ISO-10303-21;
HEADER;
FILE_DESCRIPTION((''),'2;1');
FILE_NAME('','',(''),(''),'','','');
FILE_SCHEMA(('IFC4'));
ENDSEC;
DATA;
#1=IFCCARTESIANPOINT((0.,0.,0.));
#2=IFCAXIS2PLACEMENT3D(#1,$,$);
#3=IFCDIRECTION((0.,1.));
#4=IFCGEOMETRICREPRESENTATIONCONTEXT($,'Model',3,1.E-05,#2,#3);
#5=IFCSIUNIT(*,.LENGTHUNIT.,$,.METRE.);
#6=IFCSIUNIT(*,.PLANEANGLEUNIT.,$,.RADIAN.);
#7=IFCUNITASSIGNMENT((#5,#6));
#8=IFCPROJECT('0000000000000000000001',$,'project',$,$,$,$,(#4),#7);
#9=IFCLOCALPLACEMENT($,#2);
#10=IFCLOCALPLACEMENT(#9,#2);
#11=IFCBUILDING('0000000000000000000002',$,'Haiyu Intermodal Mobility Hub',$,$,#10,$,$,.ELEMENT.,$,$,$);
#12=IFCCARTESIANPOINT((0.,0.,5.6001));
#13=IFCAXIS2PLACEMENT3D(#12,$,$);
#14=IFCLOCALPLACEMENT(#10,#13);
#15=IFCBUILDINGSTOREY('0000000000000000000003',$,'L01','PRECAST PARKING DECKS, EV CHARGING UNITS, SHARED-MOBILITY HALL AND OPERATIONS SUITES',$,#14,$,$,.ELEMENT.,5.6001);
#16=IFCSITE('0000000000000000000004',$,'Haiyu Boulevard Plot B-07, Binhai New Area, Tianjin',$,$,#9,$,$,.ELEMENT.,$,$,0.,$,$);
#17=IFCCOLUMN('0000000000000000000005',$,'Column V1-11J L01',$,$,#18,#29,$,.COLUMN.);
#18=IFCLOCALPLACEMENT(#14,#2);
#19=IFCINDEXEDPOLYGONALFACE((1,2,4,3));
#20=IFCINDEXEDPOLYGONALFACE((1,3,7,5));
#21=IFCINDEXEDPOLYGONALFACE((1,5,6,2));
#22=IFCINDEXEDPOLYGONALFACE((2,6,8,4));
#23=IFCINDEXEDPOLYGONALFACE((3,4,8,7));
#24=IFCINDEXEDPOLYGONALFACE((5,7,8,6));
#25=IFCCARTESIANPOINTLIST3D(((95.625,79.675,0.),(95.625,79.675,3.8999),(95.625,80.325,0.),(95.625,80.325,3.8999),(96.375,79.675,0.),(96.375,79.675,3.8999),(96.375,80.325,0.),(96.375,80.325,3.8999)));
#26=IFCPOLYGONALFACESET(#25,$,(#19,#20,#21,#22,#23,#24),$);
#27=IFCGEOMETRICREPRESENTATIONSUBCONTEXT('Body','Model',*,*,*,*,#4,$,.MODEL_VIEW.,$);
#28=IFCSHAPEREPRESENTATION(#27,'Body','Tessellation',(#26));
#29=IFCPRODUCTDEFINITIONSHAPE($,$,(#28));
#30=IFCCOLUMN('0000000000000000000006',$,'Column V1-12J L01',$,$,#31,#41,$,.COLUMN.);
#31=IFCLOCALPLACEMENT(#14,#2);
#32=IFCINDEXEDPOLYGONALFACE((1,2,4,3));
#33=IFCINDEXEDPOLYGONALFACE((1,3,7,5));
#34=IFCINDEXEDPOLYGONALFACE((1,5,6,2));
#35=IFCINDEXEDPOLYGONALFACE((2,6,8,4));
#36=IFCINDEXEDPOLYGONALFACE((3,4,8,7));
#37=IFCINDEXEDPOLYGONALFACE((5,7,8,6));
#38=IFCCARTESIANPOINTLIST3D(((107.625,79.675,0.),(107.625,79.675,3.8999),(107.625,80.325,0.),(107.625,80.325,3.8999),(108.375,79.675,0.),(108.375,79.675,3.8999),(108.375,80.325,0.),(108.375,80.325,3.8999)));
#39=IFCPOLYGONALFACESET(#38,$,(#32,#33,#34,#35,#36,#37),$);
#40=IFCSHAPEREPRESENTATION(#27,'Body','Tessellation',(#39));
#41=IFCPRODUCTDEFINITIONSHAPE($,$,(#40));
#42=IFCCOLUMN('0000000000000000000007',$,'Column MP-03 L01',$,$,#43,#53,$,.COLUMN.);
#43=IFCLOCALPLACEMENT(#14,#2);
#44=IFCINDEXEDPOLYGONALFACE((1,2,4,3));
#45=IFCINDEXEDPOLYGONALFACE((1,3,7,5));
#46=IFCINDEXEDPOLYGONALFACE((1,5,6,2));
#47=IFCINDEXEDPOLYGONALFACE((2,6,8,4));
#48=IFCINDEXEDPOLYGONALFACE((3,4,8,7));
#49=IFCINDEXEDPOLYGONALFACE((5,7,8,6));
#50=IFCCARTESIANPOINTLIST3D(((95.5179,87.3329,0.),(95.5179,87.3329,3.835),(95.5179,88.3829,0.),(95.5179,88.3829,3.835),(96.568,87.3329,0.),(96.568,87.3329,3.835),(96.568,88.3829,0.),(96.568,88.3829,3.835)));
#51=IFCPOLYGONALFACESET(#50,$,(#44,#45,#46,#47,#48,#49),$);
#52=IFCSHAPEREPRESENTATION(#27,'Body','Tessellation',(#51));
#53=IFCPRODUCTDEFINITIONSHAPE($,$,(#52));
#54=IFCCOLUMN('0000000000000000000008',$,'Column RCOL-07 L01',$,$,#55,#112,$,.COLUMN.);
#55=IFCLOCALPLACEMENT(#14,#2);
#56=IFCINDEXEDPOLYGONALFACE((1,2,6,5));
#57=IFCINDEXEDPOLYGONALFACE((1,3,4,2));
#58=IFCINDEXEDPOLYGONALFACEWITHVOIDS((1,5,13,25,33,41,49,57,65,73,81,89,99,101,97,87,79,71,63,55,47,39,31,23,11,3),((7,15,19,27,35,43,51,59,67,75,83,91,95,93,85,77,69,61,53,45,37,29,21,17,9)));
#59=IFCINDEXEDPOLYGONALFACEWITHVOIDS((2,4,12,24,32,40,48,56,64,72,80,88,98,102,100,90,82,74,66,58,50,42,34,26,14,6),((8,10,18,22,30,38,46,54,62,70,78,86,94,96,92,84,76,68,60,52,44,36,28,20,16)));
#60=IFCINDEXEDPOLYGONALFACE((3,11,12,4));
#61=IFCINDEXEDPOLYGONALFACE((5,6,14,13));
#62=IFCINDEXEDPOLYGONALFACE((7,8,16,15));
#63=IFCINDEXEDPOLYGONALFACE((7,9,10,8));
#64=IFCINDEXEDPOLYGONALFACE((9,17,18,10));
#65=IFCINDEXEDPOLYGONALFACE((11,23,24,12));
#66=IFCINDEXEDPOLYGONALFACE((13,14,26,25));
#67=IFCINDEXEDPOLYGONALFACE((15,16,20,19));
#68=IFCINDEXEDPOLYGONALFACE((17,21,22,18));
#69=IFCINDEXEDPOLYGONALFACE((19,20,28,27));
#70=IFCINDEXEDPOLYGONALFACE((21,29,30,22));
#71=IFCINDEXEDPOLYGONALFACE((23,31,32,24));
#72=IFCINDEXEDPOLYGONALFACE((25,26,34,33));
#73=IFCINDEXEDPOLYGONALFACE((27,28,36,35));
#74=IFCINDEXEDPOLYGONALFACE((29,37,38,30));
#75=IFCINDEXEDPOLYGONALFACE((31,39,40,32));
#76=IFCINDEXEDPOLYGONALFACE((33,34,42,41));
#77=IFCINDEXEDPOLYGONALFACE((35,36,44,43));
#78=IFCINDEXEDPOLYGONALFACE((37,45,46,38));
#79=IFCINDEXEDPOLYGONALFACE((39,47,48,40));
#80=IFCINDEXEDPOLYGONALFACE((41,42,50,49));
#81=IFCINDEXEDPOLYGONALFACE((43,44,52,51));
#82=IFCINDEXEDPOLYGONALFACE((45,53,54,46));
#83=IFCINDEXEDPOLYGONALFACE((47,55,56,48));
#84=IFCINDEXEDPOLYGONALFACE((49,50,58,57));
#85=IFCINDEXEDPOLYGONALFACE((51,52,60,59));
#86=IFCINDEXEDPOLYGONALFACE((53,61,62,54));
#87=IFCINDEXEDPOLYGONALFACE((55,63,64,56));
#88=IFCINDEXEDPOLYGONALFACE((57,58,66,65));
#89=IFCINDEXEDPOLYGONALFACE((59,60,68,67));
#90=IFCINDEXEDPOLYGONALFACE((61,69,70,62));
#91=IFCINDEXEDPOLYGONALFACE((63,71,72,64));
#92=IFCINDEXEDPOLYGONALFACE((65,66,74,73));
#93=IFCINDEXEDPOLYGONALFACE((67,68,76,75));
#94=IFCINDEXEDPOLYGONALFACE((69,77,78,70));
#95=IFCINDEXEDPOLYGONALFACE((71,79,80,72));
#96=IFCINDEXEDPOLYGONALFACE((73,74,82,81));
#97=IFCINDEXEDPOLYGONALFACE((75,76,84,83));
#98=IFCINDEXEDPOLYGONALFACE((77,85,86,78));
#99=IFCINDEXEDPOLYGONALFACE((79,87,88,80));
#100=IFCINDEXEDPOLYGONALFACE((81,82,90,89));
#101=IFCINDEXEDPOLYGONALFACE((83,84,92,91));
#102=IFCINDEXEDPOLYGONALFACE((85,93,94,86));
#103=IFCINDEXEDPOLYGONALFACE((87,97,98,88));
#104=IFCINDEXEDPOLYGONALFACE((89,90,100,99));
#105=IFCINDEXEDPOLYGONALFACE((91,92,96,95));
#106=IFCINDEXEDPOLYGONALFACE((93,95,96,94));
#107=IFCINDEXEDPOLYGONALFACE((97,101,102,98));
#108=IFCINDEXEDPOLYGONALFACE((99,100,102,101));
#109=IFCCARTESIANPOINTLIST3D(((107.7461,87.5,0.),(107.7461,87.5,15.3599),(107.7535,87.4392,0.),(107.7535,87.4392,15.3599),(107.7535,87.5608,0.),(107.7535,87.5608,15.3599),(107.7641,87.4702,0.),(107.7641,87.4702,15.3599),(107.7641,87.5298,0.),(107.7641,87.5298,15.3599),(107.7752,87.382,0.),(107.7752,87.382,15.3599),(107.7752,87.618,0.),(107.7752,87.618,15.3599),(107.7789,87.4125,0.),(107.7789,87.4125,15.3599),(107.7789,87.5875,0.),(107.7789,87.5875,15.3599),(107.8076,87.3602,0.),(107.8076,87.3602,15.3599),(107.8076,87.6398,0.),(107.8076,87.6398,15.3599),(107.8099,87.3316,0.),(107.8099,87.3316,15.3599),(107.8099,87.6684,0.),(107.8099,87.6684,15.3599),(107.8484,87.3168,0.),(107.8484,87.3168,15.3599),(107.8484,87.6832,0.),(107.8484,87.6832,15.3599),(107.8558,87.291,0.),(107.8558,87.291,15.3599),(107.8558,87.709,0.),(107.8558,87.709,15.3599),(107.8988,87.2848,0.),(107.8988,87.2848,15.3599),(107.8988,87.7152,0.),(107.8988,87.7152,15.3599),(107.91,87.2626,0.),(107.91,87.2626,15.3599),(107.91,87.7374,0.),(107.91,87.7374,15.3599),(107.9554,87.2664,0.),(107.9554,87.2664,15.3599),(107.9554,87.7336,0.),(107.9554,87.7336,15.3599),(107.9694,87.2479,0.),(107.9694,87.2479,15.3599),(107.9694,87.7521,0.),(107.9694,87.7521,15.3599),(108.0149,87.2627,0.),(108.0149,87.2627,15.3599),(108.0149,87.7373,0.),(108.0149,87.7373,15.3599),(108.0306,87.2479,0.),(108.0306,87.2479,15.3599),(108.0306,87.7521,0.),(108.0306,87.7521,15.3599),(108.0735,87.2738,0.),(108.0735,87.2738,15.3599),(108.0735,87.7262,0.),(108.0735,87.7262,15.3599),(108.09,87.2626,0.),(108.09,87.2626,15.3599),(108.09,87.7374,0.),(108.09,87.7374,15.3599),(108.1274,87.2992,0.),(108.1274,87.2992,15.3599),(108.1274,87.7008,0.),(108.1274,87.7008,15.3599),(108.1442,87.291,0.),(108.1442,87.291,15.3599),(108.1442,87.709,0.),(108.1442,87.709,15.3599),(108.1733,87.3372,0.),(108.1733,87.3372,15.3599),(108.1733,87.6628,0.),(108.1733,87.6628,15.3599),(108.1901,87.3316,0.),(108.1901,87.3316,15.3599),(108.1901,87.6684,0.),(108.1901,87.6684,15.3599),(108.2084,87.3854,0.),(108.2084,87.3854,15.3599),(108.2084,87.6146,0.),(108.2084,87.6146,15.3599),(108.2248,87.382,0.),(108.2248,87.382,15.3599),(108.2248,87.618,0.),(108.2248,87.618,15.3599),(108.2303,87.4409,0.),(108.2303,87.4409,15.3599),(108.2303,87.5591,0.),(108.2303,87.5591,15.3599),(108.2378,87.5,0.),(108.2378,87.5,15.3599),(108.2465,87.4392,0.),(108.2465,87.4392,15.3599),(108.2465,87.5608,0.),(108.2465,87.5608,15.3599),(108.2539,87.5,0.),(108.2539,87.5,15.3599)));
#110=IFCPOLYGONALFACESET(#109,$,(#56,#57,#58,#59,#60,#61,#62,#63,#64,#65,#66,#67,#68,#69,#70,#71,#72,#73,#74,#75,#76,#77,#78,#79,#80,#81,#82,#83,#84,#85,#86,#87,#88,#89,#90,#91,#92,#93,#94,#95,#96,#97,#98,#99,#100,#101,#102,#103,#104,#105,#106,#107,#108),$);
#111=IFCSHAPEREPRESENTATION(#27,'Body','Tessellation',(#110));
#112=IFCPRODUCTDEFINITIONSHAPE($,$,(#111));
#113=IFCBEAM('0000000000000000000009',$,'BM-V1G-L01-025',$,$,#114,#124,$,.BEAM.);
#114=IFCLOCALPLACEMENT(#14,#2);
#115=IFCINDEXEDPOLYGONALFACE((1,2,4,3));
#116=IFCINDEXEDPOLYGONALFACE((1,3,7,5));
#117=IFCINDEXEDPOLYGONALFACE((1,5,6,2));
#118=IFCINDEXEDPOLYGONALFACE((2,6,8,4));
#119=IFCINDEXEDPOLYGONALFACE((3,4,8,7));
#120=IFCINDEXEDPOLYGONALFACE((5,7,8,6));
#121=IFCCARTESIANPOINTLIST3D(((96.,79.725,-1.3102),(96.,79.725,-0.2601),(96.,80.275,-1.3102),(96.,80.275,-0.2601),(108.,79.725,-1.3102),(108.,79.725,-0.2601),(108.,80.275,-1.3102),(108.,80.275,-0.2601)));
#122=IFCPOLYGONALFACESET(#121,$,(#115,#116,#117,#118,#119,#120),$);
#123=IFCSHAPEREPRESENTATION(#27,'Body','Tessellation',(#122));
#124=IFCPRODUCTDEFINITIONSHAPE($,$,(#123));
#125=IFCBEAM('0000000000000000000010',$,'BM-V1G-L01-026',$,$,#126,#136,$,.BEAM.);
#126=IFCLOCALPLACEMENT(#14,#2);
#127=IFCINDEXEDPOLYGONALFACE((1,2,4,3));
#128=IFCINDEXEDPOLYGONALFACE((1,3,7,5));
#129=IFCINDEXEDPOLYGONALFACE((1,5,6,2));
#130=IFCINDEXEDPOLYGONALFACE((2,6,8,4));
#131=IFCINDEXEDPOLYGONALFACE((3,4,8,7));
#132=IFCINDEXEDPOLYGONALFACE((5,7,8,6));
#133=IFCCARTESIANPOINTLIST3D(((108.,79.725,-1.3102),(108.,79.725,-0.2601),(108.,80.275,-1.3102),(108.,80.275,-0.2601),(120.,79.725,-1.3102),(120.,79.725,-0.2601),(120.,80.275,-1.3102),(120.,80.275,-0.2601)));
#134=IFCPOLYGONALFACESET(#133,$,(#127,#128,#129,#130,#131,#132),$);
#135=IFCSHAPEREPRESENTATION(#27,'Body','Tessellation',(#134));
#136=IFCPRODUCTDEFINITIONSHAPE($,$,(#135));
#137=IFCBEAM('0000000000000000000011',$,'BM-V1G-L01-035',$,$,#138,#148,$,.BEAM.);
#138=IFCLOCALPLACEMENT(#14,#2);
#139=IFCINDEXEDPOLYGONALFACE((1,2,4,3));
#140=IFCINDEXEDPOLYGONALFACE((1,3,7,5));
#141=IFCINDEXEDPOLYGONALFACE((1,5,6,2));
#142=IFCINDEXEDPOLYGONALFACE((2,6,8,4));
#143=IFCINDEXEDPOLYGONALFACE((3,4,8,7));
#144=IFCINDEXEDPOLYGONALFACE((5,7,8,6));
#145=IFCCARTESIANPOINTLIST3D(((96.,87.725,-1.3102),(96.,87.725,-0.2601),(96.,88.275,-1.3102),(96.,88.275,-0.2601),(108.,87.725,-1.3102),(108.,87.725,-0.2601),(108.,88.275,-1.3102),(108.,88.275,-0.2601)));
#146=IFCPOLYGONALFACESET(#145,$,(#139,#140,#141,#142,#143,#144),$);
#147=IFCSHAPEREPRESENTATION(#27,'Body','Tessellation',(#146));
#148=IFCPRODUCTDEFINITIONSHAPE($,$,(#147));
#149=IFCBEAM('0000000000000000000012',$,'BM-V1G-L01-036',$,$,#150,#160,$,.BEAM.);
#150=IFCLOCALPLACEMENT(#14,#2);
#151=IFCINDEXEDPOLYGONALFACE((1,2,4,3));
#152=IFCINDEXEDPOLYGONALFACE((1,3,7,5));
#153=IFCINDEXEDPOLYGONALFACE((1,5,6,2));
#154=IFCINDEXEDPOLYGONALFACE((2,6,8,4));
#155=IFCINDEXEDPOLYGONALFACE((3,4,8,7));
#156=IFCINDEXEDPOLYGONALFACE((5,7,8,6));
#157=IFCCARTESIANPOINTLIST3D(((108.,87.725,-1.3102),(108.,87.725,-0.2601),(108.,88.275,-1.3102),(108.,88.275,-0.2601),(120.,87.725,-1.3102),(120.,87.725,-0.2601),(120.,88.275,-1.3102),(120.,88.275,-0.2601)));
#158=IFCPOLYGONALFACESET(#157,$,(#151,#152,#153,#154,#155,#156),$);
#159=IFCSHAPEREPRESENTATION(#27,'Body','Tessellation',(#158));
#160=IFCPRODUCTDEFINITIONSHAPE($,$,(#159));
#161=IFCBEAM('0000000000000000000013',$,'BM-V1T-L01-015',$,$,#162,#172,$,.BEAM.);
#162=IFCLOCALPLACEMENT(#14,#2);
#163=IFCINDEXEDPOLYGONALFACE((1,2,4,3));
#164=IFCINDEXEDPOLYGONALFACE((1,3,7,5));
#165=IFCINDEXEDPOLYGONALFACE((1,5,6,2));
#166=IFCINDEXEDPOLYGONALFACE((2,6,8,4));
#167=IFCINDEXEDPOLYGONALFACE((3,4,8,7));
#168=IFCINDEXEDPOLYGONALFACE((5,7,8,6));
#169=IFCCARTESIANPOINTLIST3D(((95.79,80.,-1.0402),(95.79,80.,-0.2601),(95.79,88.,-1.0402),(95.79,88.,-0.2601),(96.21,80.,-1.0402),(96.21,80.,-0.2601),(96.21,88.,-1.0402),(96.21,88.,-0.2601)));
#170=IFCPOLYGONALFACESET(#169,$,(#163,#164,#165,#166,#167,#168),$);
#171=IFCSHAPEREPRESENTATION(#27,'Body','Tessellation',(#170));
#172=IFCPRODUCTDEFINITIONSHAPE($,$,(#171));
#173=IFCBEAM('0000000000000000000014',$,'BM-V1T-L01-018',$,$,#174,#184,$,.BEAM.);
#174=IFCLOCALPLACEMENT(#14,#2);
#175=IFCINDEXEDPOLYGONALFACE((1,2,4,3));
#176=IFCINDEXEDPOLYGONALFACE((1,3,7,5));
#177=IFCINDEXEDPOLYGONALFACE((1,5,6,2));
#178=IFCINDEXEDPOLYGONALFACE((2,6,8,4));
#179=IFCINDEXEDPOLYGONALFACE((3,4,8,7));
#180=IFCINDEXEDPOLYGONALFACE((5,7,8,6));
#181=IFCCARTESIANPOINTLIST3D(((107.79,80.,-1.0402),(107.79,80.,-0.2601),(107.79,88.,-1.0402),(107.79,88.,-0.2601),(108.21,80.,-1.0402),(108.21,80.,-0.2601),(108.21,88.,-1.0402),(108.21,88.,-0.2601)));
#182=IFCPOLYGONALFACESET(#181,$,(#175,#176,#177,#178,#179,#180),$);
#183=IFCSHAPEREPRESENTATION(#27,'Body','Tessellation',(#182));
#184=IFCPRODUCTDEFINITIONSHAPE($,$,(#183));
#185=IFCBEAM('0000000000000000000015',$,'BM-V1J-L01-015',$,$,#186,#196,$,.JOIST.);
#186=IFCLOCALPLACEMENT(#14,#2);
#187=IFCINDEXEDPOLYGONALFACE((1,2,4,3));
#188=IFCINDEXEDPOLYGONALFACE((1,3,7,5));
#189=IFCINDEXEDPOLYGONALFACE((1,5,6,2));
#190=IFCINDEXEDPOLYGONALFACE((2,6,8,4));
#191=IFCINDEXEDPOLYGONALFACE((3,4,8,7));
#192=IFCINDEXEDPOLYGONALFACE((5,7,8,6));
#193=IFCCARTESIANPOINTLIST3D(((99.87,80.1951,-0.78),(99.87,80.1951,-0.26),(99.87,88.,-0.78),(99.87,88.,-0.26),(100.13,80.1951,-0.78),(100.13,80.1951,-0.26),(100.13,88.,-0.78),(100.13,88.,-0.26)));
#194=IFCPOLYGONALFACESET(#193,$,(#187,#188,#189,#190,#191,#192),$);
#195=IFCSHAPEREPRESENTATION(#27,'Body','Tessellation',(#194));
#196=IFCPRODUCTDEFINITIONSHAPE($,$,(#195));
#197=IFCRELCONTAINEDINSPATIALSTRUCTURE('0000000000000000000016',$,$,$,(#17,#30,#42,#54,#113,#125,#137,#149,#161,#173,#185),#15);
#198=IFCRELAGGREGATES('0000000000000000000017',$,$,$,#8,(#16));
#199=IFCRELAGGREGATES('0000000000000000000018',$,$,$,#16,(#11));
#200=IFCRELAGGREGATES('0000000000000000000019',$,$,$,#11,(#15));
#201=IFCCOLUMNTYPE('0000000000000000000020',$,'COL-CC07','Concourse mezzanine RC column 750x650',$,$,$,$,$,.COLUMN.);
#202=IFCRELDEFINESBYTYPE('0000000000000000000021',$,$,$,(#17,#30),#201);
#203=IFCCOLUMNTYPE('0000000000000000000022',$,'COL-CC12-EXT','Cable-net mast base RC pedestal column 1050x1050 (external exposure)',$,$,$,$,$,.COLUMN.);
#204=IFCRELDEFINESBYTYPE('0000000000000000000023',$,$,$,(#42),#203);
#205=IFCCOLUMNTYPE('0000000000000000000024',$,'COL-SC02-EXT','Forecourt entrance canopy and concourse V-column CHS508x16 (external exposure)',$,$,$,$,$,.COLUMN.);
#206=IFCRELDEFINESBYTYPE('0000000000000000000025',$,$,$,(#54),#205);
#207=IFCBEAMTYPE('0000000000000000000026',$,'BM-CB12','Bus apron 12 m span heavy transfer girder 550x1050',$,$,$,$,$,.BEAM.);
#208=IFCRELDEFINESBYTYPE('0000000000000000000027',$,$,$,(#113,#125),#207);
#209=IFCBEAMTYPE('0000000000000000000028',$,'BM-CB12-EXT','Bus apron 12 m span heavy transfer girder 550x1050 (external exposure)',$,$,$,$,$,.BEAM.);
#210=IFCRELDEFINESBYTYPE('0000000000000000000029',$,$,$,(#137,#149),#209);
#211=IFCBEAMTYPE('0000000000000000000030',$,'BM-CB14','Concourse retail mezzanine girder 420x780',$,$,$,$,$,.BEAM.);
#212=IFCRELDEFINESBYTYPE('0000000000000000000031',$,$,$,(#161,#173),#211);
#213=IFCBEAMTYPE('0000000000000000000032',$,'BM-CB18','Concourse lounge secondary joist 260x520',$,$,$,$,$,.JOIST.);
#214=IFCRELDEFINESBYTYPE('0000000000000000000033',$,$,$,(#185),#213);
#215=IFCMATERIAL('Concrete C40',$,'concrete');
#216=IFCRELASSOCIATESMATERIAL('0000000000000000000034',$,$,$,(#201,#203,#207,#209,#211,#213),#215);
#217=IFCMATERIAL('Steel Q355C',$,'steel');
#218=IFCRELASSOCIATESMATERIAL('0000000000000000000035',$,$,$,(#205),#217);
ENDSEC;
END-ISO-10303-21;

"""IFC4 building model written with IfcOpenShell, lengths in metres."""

from ifc_helpers import new_model, si_unit, direction, frame, origin, origin_2d, place, context, subcontext, project, spatial, rectangle, hollow_circle, extrude, material, material_profile, profile_set, type_object, element, save


model = new_model("IFC4")

# Units and contexts
model_context = context("Model", 3, precision=1e-05, world=origin(), true_north=direction((0.0, 1.0)))
body_context = subcontext(model_context, "Body", "Model", "MODEL_VIEW")
ifc_project = project(units=[si_unit("LENGTHUNIT", "METRE"), si_unit("PLANEANGLEUNIT", "RADIAN")], contexts=[model_context])

# Site, building, storey
site_placement = place(None, origin())
site = spatial("IfcSite", under=ifc_project, at=site_placement, Name="Haiyu Boulevard Plot B-07, Binhai New Area, Tianjin", CompositionType="ELEMENT", RefElevation=0.0)
building_placement = place(site_placement, origin())
building = spatial("IfcBuilding", under=site, at=building_placement, Name="Haiyu Intermodal Mobility Hub", CompositionType="ELEMENT")
storey_placement = place(building_placement, frame((0.0, 0.0, 5.6001)))
storey = spatial("IfcBuildingStorey", under=building, at=storey_placement, Name="L01", Description="PRECAST PARKING DECKS, EV CHARGING UNITS, SHARED-MOBILITY HALL AND OPERATIONS SUITES", CompositionType="ELEMENT", Elevation=5.6001)

# Columns
ifc_material_1 = material(Name="Concrete C40", Category="concrete")
ifc_material_profile_1 = material_profile(ifc_material_1, rectangle(XDim=0.75, YDim=0.6499, at=origin_2d()), Name="RC750x650")
ifc_profile_set_1 = profile_set([ifc_material_profile_1], Name="Concrete C40")
column_type_1 = type_object("IfcColumnType", Name="COL-CC07", Description="Concourse mezzanine RC column 750x650", PredefinedType="COLUMN", material=ifc_profile_set_1)
for number, where, z_axis, x_axis, name in (
    (1, (96.0, 80.0, 0.0), (0.0, 0.0, 1.0), (1.0, 0.0, 0.0), "Column V1-11J L01"),
    (2, (108.0, 80.0, 0.0), (0.0, 0.0, 1.0), (1.0, 0.0, 0.0), "Column V1-12J L01"),
):
    element("IfcColumn", number, at=place(storey_placement, frame(where, z_axis=z_axis, x_axis=x_axis)), inside=storey, type_object=column_type_1, Name=name, PredefinedType="COLUMN", context=body_context, shape_type="SweptSolid", body=[
        extrude(rectangle(XDim=0.75, YDim=0.6499, at=origin_2d()), origin(), (0.0, 0.0, 1.0), 3.8999),
    ])
ifc_material_profile_2 = material_profile(ifc_material_1, rectangle(XDim=1.05, YDim=1.05, at=origin_2d()), Name="RC1050x1050")
ifc_profile_set_2 = profile_set([ifc_material_profile_2], Name="Concrete C40")
column_type_2 = type_object("IfcColumnType", Name="COL-CC12-EXT", Description="Cable-net mast base RC pedestal column 1050x1050 (external exposure)", PredefinedType="COLUMN", material=ifc_profile_set_2)
column_1_placement = place(storey_placement, frame((96.043, 87.8579, 0.0), z_axis=(0.0, 0.0, 1.0), x_axis=(1.0, 0.0, 0.0)))
element("IfcColumn", 3, at=column_1_placement, inside=storey, type_object=column_type_2, Name="Column MP-03 L01", PredefinedType="COLUMN", context=body_context, shape_type="SweptSolid", body=[
    extrude(rectangle(XDim=1.05, YDim=1.05, at=origin_2d()), origin(), (0.0, 0.0, 1.0), 3.835),
])
ifc_material_2 = material(Name="Steel Q355C", Category="steel")
ifc_material_profile_3 = material_profile(ifc_material_2, hollow_circle(Radius=0.2539, WallThickness=0.0161, at=origin_2d()), Name="CHS508x16")
ifc_profile_set_3 = profile_set([ifc_material_profile_3], Name="Steel Q355C")
column_type_3 = type_object("IfcColumnType", Name="COL-SC02-EXT", Description="Forecourt entrance canopy and concourse V-column CHS508x16 (external exposure)", PredefinedType="COLUMN", material=ifc_profile_set_3)
column_2_placement = place(storey_placement, frame((108.0, 87.5, 0.0), z_axis=(0.0, 0.0, 1.0), x_axis=(1.0, 0.0, 0.0)))
element("IfcColumn", 4, at=column_2_placement, inside=storey, type_object=column_type_3, Name="Column RCOL-07 L01", PredefinedType="COLUMN", context=body_context, shape_type="SweptSolid", body=[
    extrude(hollow_circle(Radius=0.2539, WallThickness=0.0161, at=origin_2d()), origin(), (0.0, 0.0, 1.0), 15.3599),
])

# Beams
ifc_material_profile_4 = material_profile(ifc_material_1, rectangle(XDim=0.55, YDim=1.05, at=origin_2d()), Name="B550x1050")
ifc_profile_set_4 = profile_set([ifc_material_profile_4], Name="Concrete C40")
beam_type_1 = type_object("IfcBeamType", Name="BM-CB12", Description="Bus apron 12 m span heavy transfer girder 550x1050", PredefinedType="BEAM", material=ifc_profile_set_4)
for number, where, z_axis, x_axis, name in (
    (5, (96.0, 80.0, -0.7852), (1.0, 0.0, 0.0), (0.0, 1.0, 0.0), "BM-V1G-L01-025"),
    (6, (108.0, 80.0, -0.7852), (1.0, 0.0, 0.0), (0.0, 1.0, 0.0), "BM-V1G-L01-026"),
):
    element("IfcBeam", number, at=place(storey_placement, frame(where, z_axis=z_axis, x_axis=x_axis)), inside=storey, type_object=beam_type_1, Name=name, PredefinedType="BEAM", context=body_context, shape_type="SweptSolid", body=[
        extrude(rectangle(XDim=0.55, YDim=1.05, at=origin_2d()), origin(), (0.0, 0.0, 1.0), 12.0),
    ])
ifc_material_profile_5 = material_profile(ifc_material_1, rectangle(XDim=0.55, YDim=1.05, at=origin_2d()), Name="B550x1050")
ifc_profile_set_5 = profile_set([ifc_material_profile_5], Name="Concrete C40")
beam_type_2 = type_object("IfcBeamType", Name="BM-CB12-EXT", Description="Bus apron 12 m span heavy transfer girder 550x1050 (external exposure)", PredefinedType="BEAM", material=ifc_profile_set_5)
for number, where, z_axis, x_axis, name in (
    (7, (96.0, 88.0, -0.7852), (1.0, 0.0, 0.0), (0.0, 1.0, 0.0), "BM-V1G-L01-035"),
    (8, (108.0, 88.0, -0.7852), (1.0, 0.0, 0.0), (0.0, 1.0, 0.0), "BM-V1G-L01-036"),
):
    element("IfcBeam", number, at=place(storey_placement, frame(where, z_axis=z_axis, x_axis=x_axis)), inside=storey, type_object=beam_type_2, Name=name, PredefinedType="BEAM", context=body_context, shape_type="SweptSolid", body=[
        extrude(rectangle(XDim=0.55, YDim=1.05, at=origin_2d()), origin(), (0.0, 0.0, 1.0), 12.0),
    ])
ifc_material_profile_6 = material_profile(ifc_material_1, rectangle(XDim=0.4199, YDim=0.78, at=origin_2d()), Name="B420x780")
ifc_profile_set_6 = profile_set([ifc_material_profile_6], Name="Concrete C40")
beam_type_3 = type_object("IfcBeamType", Name="BM-CB14", Description="Concourse retail mezzanine girder 420x780", PredefinedType="BEAM", material=ifc_profile_set_6)
for number, where, z_axis, x_axis, name in (
    (9, (96.0, 80.0, -0.6501), (0.0, 1.0, 0.0), (-1.0, 0.0, 0.0), "BM-V1T-L01-015"),
    (10, (108.0, 80.0, -0.6501), (0.0, 1.0, 0.0), (-1.0, 0.0, 0.0), "BM-V1T-L01-018"),
):
    element("IfcBeam", number, at=place(storey_placement, frame(where, z_axis=z_axis, x_axis=x_axis)), inside=storey, type_object=beam_type_3, Name=name, PredefinedType="BEAM", context=body_context, shape_type="SweptSolid", body=[
        extrude(rectangle(XDim=0.4199, YDim=0.78, at=origin_2d()), origin(), (0.0, 0.0, 1.0), 8.0),
    ])
ifc_material_profile_7 = material_profile(ifc_material_1, rectangle(XDim=0.26, YDim=0.52, at=origin_2d()), Name="B260x520")
ifc_profile_set_7 = profile_set([ifc_material_profile_7], Name="Concrete C40")
beam_type_4 = type_object("IfcBeamType", Name="BM-CB18", Description="Concourse lounge secondary joist 260x520", PredefinedType="JOIST", material=ifc_profile_set_7)
beam_1_placement = place(storey_placement, frame((100.0, 80.1951, -0.52), z_axis=(0.0, 1.0, 0.0), x_axis=(-1.0, 0.0, 0.0)))
element("IfcBeam", 11, at=beam_1_placement, inside=storey, type_object=beam_type_4, Name="BM-V1J-L01-015", PredefinedType="JOIST", context=body_context, shape_type="SweptSolid", body=[
    extrude(rectangle(XDim=0.26, YDim=0.52, at=origin_2d()), origin(), (0.0, 0.0, 1.0), 7.8049),
])

save(model, "model.ifc")
